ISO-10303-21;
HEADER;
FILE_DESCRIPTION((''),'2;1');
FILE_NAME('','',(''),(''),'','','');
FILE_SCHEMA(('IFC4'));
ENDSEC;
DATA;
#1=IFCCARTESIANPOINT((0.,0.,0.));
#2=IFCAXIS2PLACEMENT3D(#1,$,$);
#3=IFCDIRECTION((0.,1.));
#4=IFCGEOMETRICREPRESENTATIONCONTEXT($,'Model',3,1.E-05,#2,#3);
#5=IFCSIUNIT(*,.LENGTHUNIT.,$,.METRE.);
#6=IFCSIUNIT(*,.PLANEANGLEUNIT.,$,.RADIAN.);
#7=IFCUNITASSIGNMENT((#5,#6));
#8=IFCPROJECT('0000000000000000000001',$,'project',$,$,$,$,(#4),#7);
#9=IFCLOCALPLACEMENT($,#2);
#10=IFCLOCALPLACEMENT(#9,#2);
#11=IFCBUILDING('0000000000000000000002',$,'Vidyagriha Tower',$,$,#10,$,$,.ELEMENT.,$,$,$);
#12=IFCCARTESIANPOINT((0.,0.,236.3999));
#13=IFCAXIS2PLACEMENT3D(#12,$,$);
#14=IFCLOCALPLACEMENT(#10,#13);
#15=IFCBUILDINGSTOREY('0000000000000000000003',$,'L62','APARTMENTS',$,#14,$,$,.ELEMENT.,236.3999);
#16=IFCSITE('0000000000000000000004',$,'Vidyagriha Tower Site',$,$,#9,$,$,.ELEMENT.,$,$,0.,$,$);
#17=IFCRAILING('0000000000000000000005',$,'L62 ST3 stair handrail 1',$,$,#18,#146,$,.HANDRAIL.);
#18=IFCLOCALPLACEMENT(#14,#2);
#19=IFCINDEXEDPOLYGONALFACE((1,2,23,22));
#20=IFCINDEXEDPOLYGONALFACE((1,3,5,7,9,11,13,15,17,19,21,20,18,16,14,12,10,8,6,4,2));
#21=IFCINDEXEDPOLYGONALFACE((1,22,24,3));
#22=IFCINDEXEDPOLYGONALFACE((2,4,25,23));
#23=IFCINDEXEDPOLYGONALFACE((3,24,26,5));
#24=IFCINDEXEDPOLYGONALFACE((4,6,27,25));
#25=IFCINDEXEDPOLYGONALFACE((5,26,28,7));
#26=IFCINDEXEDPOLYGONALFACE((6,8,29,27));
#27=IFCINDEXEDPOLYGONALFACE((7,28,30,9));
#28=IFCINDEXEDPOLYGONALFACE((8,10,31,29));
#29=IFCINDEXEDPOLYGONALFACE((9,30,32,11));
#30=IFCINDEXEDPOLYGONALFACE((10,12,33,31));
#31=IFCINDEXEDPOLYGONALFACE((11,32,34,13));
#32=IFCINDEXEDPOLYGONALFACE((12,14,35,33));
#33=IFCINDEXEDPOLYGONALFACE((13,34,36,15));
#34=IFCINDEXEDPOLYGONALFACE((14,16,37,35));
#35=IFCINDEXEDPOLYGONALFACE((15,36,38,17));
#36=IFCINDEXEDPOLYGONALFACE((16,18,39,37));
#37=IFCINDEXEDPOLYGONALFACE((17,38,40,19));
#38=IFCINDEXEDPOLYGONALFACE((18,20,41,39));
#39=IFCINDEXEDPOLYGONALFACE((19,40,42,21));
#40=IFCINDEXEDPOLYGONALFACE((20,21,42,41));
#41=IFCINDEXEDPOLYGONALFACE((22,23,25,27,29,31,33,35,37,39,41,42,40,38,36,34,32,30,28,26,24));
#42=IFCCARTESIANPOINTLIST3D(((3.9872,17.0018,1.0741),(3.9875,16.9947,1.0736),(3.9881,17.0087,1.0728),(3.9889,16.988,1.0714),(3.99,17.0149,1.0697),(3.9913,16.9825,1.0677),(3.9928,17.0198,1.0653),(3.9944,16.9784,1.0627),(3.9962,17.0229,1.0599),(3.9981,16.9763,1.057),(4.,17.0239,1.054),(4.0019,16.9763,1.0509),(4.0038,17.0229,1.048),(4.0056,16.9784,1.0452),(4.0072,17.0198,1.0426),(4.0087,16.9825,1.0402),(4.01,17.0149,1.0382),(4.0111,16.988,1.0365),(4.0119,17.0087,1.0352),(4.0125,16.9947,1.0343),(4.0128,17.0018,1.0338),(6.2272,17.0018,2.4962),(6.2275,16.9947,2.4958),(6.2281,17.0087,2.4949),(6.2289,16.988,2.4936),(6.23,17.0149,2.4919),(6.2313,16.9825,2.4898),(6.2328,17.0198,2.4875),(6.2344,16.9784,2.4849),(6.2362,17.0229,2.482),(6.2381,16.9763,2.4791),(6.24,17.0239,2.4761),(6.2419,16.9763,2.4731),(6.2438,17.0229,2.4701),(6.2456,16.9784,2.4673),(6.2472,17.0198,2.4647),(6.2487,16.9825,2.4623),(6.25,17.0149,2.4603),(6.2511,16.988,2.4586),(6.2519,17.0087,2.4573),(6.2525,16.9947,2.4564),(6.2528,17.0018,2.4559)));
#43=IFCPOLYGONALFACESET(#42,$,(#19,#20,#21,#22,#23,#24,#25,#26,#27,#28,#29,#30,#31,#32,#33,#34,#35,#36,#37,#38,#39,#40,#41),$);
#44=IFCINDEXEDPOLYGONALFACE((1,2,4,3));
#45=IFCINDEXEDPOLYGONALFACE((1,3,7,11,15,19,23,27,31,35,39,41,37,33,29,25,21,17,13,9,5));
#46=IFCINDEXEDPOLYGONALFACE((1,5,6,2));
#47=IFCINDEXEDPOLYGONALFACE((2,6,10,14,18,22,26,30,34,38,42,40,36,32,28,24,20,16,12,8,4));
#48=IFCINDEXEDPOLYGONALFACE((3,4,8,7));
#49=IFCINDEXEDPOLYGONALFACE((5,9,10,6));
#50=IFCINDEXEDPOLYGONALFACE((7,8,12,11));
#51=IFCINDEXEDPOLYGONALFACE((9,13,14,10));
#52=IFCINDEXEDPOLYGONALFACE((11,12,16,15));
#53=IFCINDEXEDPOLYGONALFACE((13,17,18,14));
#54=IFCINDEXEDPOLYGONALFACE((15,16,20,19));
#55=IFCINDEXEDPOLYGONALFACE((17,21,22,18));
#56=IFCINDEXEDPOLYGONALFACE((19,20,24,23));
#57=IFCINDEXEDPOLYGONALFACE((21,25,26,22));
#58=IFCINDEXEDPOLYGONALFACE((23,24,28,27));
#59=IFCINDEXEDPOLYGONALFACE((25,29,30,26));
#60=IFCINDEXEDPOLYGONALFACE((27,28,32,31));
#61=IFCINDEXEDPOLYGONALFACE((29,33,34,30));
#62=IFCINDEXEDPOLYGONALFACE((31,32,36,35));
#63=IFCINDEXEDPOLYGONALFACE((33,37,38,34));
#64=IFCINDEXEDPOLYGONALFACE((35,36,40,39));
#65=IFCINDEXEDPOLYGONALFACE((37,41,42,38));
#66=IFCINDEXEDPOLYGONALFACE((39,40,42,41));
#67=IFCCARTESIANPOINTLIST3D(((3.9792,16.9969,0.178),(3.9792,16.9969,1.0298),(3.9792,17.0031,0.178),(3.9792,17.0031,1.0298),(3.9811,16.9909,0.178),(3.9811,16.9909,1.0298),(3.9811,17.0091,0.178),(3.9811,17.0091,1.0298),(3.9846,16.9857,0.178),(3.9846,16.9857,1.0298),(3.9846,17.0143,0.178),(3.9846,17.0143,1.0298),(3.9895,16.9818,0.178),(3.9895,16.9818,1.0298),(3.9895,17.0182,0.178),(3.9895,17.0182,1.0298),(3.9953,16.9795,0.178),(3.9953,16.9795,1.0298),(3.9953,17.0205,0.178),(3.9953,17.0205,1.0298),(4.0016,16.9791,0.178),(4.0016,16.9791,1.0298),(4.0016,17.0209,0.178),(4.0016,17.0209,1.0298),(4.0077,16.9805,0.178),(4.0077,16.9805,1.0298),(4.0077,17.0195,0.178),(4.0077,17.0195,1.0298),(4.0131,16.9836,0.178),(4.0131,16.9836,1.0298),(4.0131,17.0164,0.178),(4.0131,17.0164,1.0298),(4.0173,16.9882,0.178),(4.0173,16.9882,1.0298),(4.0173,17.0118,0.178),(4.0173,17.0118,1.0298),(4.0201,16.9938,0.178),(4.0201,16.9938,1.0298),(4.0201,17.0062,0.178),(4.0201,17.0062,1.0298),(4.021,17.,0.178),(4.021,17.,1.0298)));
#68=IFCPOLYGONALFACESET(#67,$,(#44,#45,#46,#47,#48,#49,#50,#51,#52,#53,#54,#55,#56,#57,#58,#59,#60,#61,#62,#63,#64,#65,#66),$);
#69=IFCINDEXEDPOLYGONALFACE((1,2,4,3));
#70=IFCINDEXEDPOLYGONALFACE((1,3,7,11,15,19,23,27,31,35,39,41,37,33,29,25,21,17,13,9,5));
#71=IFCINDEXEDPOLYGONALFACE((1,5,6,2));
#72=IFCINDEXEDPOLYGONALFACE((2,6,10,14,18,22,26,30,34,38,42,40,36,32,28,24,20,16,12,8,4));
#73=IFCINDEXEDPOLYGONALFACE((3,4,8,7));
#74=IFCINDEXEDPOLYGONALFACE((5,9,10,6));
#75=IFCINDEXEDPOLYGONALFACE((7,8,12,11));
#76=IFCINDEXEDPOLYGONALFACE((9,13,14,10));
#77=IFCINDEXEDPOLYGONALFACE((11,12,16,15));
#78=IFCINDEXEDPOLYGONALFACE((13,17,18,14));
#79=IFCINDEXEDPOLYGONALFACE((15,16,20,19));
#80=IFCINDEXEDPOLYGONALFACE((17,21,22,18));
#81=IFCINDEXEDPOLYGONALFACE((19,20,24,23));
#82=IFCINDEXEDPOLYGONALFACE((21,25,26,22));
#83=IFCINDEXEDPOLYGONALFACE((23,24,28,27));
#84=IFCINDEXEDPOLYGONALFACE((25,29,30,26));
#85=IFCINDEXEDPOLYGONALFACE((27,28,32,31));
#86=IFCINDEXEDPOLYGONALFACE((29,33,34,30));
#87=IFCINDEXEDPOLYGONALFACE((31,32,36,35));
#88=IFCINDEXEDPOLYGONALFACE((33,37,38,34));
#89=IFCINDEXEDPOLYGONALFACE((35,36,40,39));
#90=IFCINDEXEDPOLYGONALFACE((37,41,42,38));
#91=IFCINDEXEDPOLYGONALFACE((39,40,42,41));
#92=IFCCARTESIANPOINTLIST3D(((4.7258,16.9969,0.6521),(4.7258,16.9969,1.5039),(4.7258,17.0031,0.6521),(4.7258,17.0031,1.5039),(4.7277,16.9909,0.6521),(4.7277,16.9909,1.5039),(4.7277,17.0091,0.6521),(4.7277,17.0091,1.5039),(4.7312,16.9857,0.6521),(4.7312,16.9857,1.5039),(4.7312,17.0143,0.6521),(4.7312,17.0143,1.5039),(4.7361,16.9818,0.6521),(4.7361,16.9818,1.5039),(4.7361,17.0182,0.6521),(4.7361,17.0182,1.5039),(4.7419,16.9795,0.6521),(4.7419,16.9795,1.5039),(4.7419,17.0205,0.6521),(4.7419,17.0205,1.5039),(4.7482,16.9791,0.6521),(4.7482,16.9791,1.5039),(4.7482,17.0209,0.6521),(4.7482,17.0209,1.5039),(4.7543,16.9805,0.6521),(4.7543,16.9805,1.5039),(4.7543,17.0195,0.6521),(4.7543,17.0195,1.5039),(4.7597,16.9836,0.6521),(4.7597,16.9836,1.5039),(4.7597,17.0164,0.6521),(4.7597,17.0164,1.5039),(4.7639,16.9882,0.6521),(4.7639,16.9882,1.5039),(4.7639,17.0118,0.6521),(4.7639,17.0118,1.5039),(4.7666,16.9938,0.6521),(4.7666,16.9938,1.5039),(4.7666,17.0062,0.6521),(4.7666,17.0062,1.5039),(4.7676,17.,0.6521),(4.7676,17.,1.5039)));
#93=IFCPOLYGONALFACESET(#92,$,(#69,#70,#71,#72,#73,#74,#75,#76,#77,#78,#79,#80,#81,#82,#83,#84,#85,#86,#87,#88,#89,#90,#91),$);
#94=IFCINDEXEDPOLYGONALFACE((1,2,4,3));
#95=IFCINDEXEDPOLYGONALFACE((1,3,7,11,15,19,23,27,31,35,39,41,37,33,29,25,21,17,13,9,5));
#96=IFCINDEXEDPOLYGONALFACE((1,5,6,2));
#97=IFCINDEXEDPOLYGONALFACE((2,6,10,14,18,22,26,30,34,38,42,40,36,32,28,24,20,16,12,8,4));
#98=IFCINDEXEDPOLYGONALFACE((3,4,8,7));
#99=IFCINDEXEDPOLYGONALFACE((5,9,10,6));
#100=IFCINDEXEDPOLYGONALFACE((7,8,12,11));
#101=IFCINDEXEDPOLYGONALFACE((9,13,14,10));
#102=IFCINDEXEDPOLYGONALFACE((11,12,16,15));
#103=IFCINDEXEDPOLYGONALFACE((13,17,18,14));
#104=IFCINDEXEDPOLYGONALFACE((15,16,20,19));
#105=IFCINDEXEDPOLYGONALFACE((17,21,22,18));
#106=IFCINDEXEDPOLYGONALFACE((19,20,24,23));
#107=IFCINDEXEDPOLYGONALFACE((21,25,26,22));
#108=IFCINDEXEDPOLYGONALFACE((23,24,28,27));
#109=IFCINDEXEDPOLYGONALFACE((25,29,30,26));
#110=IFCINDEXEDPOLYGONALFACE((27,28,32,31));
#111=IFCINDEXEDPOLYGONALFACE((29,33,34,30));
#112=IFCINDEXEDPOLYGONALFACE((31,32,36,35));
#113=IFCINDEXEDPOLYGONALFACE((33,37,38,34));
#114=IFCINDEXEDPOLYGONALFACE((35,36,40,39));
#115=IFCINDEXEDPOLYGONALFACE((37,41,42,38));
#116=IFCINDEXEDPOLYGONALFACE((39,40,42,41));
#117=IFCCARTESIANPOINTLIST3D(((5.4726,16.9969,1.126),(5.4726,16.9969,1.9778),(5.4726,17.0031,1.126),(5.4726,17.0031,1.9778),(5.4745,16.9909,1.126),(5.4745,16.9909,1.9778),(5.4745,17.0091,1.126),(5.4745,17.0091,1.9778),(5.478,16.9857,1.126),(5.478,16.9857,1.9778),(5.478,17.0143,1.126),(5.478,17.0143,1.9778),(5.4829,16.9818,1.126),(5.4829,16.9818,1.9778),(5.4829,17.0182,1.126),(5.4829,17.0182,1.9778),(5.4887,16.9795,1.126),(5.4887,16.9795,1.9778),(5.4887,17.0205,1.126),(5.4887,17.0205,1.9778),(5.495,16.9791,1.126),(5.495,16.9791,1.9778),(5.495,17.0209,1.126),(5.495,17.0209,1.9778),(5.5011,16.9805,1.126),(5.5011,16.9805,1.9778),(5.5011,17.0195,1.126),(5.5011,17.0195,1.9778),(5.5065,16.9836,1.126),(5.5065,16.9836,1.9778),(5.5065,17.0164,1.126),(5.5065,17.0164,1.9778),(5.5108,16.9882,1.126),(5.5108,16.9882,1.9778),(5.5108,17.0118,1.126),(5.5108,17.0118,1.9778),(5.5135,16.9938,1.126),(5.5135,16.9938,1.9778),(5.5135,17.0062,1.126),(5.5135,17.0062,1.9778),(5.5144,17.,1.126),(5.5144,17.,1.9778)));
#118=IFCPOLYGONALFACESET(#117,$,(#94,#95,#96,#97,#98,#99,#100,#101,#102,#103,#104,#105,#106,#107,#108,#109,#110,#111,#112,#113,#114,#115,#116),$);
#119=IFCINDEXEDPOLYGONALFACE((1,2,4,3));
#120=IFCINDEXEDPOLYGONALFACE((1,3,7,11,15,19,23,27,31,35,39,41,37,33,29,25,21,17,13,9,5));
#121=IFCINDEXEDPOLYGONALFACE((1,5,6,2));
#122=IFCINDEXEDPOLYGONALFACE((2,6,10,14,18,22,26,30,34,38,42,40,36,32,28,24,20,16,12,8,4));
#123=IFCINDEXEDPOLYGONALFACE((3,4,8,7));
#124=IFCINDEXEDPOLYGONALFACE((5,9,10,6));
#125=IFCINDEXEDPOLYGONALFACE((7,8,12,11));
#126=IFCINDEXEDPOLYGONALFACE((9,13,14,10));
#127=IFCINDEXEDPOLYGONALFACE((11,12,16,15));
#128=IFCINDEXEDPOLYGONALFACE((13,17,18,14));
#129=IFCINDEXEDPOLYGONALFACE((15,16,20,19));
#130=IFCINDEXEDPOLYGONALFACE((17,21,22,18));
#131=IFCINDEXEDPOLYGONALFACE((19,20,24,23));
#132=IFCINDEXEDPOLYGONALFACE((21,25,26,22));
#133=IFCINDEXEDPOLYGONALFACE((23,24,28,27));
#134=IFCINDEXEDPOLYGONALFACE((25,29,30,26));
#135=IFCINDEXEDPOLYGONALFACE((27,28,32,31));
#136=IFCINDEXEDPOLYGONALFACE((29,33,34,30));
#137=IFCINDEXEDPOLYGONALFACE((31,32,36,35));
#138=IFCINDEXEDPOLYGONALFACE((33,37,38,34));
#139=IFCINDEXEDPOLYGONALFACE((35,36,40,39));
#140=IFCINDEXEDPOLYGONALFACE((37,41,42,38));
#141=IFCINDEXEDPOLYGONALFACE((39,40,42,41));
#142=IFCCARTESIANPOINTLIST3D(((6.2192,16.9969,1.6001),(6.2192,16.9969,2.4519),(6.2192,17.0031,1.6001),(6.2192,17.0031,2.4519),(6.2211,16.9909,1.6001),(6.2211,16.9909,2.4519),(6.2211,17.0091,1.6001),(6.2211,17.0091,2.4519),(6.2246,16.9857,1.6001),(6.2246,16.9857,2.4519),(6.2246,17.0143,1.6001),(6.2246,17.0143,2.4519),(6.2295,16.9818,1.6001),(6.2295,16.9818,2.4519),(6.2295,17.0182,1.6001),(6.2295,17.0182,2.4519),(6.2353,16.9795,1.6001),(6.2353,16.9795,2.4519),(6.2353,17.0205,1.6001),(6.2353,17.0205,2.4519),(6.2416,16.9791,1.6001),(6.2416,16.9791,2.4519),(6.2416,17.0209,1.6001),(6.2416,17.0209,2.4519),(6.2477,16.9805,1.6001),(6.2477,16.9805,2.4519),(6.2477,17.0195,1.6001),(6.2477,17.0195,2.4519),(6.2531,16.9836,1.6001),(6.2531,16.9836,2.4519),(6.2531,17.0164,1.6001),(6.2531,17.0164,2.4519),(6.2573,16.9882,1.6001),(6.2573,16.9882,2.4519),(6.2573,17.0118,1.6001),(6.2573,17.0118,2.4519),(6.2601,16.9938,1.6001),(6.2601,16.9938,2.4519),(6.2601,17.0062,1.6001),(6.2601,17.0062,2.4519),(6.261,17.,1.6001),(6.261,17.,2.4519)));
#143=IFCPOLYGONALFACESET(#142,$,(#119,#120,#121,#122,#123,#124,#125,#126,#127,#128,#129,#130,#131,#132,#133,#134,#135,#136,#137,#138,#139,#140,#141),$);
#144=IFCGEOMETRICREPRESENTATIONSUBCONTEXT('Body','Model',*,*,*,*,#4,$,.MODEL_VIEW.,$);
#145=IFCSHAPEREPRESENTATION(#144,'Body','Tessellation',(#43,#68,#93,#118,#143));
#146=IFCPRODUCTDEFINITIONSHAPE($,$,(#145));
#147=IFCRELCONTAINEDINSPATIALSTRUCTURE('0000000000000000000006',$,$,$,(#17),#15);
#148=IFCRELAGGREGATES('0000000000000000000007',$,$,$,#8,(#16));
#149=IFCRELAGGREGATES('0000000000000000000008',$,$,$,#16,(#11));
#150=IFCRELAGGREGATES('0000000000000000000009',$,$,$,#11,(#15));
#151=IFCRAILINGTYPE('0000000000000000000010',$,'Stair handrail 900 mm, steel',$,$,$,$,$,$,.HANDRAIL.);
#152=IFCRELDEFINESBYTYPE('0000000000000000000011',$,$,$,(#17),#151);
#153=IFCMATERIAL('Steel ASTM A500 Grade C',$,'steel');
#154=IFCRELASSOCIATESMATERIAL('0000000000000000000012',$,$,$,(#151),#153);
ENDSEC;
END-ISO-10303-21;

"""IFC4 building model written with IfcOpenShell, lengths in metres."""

from ifc_helpers import new_model, si_unit, direction, frame, origin, origin_2d, place, context, subcontext, project, spatial, circle, extrude, material, type_object, element, save


model = new_model("IFC4")

# Units and contexts
model_context = context("Model", 3, precision=1e-05, world=origin(), true_north=direction((0.0, 1.0)))
body_context = subcontext(model_context, "Body", "Model", "MODEL_VIEW")
ifc_project = project(units=[si_unit("LENGTHUNIT", "METRE"), si_unit("PLANEANGLEUNIT", "RADIAN")], contexts=[model_context])

# Site, building, storey
site_placement = place(None, origin())
site = spatial("IfcSite", under=ifc_project, at=site_placement, Name="Vidyagriha Tower Site", CompositionType="ELEMENT", RefElevation=0.0)
building_placement = place(site_placement, origin())
building = spatial("IfcBuilding", under=site, at=building_placement, Name="Vidyagriha Tower", CompositionType="ELEMENT")
storey_placement = place(building_placement, frame((0.0, 0.0, 236.3999)))
storey = spatial("IfcBuildingStorey", under=building, at=storey_placement, Name="L62", Description="APARTMENTS", CompositionType="ELEMENT", Elevation=236.3999)

# Railing
ifc_material_1 = material(Name="Steel ASTM A500 Grade C", Category="steel")
railing_type_1 = type_object("IfcRailingType", Name="Stair handrail 900 mm, steel", PredefinedType="HANDRAIL", material=ifc_material_1)
railing_1_placement = place(storey_placement, frame((4.0, 17.0, 0.178)))
element("IfcRailing", 1, at=railing_1_placement, inside=storey, type_object=railing_type_1, Name="L62 ST3 stair handrail 1", PredefinedType="HANDRAIL", context=body_context, shape_type="SweptSolid", body=[
    extrude(circle(Radius=0.0239, at=origin_2d()), frame((0.0, 0.0, 0.876), z_axis=(0.844229, 0.0, 0.535982), x_axis=(0.0, 1.0, 0.0)), (0.0, 0.0, 1.0), 2.6533),
    extrude(circle(Radius=0.021, at=origin_2d()), origin(), (0.0, 0.0, 1.0), 0.8518),
    extrude(circle(Radius=0.021, at=origin_2d()), frame((0.7466, 0.0, 0.4741)), (0.0, 0.0, 1.0), 0.8518),
    extrude(circle(Radius=0.021, at=origin_2d()), frame((1.4934, 0.0, 0.948)), (0.0, 0.0, 1.0), 0.8518),
    extrude(circle(Radius=0.021, at=origin_2d()), frame((2.24, 0.0, 1.4221)), (0.0, 0.0, 1.0), 0.8518),
])

save(model, "model.ifc")
